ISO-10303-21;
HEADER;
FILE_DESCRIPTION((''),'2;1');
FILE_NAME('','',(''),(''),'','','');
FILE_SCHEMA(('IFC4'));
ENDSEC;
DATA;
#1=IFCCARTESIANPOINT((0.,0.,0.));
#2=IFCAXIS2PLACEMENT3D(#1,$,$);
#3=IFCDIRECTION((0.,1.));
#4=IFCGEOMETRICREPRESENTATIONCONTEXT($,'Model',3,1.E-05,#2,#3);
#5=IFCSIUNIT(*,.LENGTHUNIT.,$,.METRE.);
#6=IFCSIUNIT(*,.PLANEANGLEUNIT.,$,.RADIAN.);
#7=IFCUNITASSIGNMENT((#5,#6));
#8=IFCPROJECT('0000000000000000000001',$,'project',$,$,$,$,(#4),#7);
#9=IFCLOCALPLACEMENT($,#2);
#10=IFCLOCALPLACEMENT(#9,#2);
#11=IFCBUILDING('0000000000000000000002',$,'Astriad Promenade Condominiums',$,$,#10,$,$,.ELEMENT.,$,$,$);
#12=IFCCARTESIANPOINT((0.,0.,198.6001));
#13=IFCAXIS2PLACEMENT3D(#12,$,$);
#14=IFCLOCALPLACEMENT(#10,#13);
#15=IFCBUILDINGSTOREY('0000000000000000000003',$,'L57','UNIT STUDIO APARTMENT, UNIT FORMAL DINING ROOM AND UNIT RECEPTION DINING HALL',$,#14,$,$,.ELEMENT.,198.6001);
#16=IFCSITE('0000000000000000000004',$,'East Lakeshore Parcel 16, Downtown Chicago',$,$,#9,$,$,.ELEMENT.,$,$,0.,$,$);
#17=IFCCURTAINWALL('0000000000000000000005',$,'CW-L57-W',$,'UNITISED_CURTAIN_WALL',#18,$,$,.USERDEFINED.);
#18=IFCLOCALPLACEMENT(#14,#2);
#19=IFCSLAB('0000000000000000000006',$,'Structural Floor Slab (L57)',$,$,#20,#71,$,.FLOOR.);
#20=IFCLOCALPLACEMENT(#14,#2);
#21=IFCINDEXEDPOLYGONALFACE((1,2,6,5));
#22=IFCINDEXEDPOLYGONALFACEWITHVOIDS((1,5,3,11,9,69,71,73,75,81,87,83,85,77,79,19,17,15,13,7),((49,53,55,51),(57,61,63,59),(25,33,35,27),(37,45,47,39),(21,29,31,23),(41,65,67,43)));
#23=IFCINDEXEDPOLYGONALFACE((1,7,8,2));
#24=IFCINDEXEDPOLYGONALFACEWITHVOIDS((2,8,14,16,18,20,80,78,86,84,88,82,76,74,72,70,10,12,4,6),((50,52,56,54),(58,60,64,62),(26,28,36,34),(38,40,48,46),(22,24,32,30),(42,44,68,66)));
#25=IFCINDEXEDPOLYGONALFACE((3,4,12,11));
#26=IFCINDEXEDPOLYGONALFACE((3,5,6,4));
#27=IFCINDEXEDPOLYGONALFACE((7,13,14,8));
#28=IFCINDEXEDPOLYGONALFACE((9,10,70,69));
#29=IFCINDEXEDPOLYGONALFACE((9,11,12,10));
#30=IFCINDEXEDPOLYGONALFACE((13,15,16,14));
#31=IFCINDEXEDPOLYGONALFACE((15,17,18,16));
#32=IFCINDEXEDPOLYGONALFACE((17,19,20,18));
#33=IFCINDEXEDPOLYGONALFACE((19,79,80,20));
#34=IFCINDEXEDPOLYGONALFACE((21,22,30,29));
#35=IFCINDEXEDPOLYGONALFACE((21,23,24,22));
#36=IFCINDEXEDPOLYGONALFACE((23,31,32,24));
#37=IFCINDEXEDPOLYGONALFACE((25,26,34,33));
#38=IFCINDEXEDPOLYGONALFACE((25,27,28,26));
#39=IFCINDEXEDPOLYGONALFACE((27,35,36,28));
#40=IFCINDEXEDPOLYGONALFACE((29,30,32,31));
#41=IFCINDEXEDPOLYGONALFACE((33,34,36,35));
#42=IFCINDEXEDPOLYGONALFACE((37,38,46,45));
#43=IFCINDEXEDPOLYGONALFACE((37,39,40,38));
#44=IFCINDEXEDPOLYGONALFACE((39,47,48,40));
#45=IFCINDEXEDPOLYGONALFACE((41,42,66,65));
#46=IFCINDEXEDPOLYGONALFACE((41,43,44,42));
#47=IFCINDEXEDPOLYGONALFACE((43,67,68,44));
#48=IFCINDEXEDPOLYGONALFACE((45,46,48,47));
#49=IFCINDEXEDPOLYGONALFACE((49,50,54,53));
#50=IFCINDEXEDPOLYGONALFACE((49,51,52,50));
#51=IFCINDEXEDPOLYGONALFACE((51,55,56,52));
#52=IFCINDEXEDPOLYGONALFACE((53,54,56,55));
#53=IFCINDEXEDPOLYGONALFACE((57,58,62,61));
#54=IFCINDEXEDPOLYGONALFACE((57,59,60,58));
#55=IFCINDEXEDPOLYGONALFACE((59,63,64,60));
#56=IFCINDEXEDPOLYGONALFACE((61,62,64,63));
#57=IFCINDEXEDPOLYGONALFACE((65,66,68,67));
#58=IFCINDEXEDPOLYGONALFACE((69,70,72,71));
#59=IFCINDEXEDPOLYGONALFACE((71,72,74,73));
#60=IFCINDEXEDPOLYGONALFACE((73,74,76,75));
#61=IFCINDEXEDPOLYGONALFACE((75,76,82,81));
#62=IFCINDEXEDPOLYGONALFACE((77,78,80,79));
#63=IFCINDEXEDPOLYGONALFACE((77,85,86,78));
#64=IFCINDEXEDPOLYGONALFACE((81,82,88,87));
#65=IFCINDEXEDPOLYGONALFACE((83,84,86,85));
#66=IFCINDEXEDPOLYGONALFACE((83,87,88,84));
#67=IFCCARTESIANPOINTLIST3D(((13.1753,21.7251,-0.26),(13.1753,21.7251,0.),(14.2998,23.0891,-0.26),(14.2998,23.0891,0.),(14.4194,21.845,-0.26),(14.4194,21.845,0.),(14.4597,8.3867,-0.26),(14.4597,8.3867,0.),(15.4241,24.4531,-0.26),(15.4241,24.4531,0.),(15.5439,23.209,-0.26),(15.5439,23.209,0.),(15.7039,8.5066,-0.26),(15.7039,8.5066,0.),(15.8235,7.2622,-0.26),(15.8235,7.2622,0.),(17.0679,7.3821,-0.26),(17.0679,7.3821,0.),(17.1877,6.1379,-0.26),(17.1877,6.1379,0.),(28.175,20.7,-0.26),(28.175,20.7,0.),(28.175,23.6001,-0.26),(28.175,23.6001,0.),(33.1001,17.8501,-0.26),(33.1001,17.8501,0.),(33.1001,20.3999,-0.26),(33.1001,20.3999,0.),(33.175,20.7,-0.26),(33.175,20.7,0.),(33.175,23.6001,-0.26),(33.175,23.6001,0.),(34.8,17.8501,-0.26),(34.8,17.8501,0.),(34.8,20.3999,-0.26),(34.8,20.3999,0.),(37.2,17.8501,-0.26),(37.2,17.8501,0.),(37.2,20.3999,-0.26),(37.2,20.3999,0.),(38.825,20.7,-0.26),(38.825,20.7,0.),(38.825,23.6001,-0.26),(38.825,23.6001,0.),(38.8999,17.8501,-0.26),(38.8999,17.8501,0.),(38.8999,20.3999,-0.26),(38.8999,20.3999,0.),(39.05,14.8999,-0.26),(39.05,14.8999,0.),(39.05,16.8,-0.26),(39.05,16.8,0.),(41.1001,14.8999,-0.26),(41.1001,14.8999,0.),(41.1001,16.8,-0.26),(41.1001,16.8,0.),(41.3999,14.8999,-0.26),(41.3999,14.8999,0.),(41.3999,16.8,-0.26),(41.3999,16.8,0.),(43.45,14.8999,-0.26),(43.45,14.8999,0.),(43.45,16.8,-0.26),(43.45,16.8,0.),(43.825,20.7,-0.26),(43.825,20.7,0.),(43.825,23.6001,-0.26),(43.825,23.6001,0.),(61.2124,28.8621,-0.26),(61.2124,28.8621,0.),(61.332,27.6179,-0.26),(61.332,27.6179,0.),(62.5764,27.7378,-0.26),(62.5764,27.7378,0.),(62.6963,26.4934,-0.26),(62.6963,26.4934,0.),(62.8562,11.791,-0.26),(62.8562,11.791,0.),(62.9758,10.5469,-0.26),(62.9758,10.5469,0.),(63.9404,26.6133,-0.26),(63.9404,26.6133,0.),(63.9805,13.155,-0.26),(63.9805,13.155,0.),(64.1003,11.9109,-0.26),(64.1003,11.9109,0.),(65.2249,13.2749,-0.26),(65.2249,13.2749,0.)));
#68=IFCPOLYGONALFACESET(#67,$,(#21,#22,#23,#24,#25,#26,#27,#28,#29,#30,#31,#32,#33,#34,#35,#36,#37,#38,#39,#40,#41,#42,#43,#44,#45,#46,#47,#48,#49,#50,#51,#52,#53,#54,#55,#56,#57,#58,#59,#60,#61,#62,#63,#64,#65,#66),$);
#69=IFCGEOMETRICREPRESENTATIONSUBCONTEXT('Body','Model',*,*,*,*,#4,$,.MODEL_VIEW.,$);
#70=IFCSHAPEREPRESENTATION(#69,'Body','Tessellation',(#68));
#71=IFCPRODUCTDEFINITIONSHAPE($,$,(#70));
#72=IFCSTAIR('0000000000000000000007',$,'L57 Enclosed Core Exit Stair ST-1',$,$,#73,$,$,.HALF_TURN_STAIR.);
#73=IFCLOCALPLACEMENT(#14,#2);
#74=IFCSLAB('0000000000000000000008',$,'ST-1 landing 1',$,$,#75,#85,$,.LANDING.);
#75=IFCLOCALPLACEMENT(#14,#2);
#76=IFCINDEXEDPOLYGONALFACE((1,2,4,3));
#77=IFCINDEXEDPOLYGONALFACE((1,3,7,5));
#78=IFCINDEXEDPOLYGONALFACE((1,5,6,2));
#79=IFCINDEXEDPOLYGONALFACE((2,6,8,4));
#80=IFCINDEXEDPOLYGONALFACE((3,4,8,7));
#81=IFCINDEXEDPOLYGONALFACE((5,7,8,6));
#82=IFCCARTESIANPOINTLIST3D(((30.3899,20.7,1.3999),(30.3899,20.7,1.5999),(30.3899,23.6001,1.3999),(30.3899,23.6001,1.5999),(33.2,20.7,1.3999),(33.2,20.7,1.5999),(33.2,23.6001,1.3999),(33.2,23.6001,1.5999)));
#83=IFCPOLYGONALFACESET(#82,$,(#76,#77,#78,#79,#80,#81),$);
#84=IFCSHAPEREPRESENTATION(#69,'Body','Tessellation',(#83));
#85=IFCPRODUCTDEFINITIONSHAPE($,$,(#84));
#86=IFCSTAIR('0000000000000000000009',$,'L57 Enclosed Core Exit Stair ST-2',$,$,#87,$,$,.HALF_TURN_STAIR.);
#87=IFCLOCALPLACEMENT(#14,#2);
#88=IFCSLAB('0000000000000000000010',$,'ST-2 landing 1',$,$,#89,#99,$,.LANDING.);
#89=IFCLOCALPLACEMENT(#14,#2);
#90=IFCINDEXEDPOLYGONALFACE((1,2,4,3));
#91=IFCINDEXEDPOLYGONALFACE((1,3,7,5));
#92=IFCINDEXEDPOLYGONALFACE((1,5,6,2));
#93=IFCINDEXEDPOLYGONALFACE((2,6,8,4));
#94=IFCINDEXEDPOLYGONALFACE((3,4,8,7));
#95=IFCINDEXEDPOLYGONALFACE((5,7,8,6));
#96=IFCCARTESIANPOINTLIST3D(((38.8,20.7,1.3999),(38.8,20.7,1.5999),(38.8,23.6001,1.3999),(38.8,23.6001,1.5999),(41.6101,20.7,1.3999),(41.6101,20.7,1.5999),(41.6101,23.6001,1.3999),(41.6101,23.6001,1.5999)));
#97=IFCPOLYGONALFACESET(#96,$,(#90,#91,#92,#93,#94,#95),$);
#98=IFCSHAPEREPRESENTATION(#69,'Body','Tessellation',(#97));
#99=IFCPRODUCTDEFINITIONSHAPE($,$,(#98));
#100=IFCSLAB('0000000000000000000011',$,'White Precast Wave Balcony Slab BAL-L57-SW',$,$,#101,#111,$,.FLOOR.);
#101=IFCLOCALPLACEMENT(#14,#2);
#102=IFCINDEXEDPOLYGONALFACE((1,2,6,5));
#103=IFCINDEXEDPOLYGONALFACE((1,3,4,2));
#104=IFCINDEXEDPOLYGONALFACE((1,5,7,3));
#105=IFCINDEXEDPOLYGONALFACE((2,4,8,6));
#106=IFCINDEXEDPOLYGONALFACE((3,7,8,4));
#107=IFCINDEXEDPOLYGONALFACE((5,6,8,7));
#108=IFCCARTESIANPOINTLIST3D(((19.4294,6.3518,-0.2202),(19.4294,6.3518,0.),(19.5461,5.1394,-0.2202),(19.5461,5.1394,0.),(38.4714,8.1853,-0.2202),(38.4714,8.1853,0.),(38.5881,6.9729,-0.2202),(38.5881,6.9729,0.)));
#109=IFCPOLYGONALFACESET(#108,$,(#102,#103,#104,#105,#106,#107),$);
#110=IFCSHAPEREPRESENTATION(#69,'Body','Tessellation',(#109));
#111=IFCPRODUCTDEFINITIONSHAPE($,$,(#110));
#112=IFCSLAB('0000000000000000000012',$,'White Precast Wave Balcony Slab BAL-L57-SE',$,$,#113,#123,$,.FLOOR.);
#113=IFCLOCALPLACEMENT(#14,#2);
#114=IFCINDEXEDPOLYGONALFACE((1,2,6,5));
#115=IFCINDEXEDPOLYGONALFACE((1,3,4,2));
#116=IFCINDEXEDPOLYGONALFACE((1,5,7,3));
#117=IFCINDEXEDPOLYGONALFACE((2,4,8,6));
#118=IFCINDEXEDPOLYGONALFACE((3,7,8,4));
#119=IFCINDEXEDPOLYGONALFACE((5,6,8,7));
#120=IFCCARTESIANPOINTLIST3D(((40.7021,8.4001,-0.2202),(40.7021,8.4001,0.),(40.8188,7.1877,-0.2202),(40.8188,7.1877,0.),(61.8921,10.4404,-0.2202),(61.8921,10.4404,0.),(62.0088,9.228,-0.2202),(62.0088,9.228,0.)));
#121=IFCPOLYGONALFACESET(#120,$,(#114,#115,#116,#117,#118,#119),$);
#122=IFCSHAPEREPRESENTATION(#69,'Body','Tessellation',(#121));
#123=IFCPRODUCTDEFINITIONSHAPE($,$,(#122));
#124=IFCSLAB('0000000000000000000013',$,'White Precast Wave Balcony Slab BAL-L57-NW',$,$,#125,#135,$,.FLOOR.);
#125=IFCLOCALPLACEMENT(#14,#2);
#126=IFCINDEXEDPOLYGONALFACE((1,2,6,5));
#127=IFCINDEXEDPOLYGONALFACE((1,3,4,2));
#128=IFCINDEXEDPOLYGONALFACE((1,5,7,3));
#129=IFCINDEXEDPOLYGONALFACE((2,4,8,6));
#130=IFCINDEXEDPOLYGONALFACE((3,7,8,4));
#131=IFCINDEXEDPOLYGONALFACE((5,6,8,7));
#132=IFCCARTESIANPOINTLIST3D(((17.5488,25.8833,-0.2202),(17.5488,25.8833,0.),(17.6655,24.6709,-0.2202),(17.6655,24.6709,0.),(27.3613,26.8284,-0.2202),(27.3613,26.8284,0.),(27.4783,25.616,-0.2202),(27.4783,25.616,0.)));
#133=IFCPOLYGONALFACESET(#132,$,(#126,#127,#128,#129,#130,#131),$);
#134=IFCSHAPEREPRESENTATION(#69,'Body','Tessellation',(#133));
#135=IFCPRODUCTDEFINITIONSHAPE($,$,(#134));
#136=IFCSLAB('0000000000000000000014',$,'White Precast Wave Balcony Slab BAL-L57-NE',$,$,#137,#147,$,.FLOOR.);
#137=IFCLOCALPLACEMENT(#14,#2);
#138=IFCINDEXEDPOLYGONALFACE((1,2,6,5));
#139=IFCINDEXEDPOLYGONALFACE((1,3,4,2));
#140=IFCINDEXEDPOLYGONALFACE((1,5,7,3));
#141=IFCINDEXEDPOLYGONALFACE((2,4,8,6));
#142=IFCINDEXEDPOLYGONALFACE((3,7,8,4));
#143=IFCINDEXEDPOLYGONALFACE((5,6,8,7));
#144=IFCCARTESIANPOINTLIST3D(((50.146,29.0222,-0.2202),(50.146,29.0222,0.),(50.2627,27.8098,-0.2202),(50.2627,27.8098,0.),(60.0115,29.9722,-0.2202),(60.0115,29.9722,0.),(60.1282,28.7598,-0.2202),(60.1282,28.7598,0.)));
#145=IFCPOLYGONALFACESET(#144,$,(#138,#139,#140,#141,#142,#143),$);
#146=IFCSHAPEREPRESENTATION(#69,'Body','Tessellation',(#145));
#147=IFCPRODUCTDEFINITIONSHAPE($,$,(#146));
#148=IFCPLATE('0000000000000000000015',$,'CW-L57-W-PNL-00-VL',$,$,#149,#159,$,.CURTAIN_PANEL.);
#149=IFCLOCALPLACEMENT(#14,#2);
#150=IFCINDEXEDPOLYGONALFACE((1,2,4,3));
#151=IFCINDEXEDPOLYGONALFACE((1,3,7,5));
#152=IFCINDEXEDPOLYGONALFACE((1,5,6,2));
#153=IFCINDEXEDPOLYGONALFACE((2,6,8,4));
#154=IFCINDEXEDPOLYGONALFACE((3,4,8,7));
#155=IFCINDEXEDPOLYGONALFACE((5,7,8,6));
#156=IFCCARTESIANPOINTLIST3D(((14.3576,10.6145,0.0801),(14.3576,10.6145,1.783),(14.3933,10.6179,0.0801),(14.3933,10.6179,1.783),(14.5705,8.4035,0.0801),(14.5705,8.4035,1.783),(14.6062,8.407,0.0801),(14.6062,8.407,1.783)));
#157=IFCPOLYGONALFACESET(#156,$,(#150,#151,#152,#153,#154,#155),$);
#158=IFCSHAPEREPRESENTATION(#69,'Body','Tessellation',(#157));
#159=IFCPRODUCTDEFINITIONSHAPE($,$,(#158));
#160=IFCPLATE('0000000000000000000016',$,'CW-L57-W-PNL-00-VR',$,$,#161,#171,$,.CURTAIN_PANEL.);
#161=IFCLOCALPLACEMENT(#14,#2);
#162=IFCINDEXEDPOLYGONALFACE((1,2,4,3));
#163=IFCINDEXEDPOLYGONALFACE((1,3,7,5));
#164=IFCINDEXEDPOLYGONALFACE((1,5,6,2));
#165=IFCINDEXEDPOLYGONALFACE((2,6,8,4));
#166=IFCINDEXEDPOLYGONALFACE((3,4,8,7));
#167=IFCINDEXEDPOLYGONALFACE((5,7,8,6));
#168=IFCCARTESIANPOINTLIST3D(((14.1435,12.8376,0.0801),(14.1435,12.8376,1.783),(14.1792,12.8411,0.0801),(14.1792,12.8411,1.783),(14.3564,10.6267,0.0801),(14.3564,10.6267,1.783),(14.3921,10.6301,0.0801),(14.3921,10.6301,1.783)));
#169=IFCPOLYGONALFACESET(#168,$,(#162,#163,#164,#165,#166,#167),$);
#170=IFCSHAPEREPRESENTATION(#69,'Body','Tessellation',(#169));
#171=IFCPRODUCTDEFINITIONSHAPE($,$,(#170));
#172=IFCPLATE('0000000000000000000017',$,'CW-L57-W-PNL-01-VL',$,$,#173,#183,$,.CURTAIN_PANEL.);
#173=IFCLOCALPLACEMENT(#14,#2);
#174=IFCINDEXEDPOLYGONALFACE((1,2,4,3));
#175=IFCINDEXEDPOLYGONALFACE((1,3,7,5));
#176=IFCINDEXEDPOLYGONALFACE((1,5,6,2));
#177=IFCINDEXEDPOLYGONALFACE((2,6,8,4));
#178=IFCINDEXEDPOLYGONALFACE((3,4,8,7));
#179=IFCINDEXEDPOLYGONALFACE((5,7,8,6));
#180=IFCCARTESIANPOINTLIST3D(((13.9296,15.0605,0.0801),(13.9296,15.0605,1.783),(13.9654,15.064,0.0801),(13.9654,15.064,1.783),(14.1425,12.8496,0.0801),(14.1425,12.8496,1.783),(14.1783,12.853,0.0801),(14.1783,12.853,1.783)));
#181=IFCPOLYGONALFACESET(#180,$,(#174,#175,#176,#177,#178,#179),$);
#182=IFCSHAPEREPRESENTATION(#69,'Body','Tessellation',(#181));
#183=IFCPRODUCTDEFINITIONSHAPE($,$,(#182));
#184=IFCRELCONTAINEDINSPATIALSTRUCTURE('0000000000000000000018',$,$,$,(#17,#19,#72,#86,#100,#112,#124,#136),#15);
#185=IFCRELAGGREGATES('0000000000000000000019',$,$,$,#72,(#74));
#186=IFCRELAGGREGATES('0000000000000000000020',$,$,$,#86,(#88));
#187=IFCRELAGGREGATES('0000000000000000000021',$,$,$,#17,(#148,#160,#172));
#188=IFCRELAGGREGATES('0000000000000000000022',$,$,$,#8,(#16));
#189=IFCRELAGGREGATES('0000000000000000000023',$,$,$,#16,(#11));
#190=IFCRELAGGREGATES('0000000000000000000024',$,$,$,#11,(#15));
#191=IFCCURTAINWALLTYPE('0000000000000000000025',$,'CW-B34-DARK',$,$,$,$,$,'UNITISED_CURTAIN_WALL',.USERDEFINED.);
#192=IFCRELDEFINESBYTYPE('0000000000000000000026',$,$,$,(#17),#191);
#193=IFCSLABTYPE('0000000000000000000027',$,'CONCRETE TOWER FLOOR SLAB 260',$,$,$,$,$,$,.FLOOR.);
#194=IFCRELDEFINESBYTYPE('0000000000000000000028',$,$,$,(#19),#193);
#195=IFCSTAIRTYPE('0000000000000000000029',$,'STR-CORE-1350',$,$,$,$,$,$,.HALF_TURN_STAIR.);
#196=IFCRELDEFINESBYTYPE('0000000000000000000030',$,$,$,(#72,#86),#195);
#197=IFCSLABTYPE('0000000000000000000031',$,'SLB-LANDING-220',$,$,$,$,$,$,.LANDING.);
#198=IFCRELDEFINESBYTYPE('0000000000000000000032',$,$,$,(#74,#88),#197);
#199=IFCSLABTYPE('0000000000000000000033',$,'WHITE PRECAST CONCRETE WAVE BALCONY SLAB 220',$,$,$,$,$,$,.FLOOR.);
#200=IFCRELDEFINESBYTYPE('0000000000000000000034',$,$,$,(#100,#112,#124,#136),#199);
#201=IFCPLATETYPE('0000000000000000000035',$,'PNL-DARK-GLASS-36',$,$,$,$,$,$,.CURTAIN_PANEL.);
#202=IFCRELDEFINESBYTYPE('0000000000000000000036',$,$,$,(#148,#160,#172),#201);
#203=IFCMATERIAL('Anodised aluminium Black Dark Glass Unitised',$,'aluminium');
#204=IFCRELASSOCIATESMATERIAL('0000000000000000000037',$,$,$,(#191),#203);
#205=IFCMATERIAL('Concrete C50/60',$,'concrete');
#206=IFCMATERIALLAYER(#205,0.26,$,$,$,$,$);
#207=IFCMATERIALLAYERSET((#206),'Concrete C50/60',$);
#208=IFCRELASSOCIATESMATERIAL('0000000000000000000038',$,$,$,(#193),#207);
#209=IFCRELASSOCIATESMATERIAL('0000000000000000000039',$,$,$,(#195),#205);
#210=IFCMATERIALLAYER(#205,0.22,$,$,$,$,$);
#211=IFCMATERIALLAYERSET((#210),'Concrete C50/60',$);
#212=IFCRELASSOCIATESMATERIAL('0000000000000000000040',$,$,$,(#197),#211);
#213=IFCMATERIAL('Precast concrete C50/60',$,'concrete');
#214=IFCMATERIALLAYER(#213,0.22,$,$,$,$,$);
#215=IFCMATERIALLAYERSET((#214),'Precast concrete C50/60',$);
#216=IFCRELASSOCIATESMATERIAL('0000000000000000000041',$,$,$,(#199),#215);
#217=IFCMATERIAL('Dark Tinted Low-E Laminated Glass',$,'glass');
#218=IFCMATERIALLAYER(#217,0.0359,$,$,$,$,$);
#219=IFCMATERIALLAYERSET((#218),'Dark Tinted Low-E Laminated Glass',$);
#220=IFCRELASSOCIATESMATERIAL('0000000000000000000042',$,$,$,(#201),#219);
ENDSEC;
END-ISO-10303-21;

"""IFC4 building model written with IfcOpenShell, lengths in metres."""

from ifc_helpers import new_model, si_unit, direction, frame, origin, origin_2d, place, context, subcontext, project, spatial, polyline, rectangle, outline, extrude, source, transform, mapped, material, layer, layer_set, type_object, element, aggregate, save


model = new_model("IFC4")

# Units and contexts
model_context = context("Model", 3, precision=1e-05, world=origin(), true_north=direction((0.0, 1.0)))
body_context = subcontext(model_context, "Body", "Model", "MODEL_VIEW")
ifc_project = project(units=[si_unit("LENGTHUNIT", "METRE"), si_unit("PLANEANGLEUNIT", "RADIAN")], contexts=[model_context])

# Site, building, storey
site_placement = place(None, origin())
site = spatial("IfcSite", under=ifc_project, at=site_placement, Name="East Lakeshore Parcel 16, Downtown Chicago", CompositionType="ELEMENT", RefElevation=0.0)
building_placement = place(site_placement, origin())
building = spatial("IfcBuilding", under=site, at=building_placement, Name="Astriad Promenade Condominiums", CompositionType="ELEMENT")
storey_placement = place(building_placement, frame((0.0, 0.0, 198.6001)))
storey = spatial("IfcBuildingStorey", under=building, at=storey_placement, Name="L57", Description="UNIT STUDIO APARTMENT, UNIT FORMAL DINING ROOM AND UNIT RECEPTION DINING HALL", CompositionType="ELEMENT", Elevation=198.6001)

# Shared definitions
ifc_material_1 = material(Name="Concrete C50/60", Category="concrete")

# Curtain wall
ifc_material_2 = material(Name="Anodised aluminium Black Dark Glass Unitised", Category="aluminium")
curtain_wall_type = type_object("IfcCurtainWallType", Name="CW-B34-DARK", ElementType="UNITISED_CURTAIN_WALL", PredefinedType="USERDEFINED", material=ifc_material_2)
curtain_wall_placement = place(storey_placement, origin())
curtain_wall = element("IfcCurtainWall", 1, at=curtain_wall_placement, inside=storey, type_object=curtain_wall_type, Name="CW-L57-W", ObjectType="UNITISED_CURTAIN_WALL", PredefinedType="USERDEFINED")

# Slab
ifc_layer_1 = layer(ifc_material_1, 0.26)
ifc_layer_set_1 = layer_set([ifc_layer_1], Name="Concrete C50/60")
slab_type_1 = type_object("IfcSlabType", Name="CONCRETE TOWER FLOOR SLAB 260", PredefinedType="FLOOR", material=ifc_layer_set_1)
slab_1_placement = place(storey_placement, frame((0.0, 0.0, -0.26)))
element("IfcSlab", 2, at=slab_1_placement, inside=storey, type_object=slab_type_1, Name="Structural Floor Slab (L57)", PredefinedType="FLOOR", context=body_context, shape_type="SweptSolid", body=[
    extrude(outline(polyline([(17.1877, 6.1379), (62.9758, 10.5469), (62.8562, 11.791), (64.1003, 11.9109), (63.9805, 13.155), (65.2249, 13.2749), (63.9404, 26.6133), (62.6963, 26.4934), (62.5764, 27.7378), (61.332, 27.6179), (61.2124, 28.8621), (15.4241, 24.4531), (15.5439, 23.209), (14.2998, 23.0891), (14.4194, 21.845), (13.1753, 21.7251), (14.4597, 8.3867), (15.7039, 8.5066), (15.8235, 7.2622), (17.0679, 7.3821), (17.1877, 6.1379)]), holes=[polyline([(28.175, 20.7), (33.175, 20.7), (33.175, 23.6001), (28.175, 23.6001), (28.175, 20.7)]), polyline([(38.825, 20.7), (43.825, 20.7), (43.825, 23.6001), (38.825, 23.6001), (38.825, 20.7)]), polyline([(33.1001, 17.8501), (34.8, 17.8501), (34.8, 20.3999), (33.1001, 20.3999), (33.1001, 17.8501)]), polyline([(37.2, 17.8501), (38.8999, 17.8501), (38.8999, 20.3999), (37.2, 20.3999), (37.2, 17.8501)]), polyline([(39.05, 14.8999), (41.1001, 14.8999), (41.1001, 16.8), (39.05, 16.8), (39.05, 14.8999)]), polyline([(41.3999, 14.8999), (43.45, 14.8999), (43.45, 16.8), (41.3999, 16.8), (41.3999, 14.8999)])]), origin(), (0.0, 0.0, 1.0), 0.26),
])

# Stairs, slabs
stair_type = type_object("IfcStairType", Name="STR-CORE-1350", PredefinedType="HALF_TURN_STAIR", material=ifc_material_1)
stair_1_placement = place(storey_placement, origin())
stair_1 = element("IfcStair", 3, at=stair_1_placement, inside=storey, type_object=stair_type, Name="L57 Enclosed Core Exit Stair ST-1", PredefinedType="HALF_TURN_STAIR")
ifc_layer_2 = layer(ifc_material_1, 0.22)
ifc_layer_set_2 = layer_set([ifc_layer_2], Name="Concrete C50/60")
slab_type_2 = type_object("IfcSlabType", Name="SLB-LANDING-220", PredefinedType="LANDING", material=ifc_layer_set_2)
slab_2_placement = place(storey_placement, frame((0.0, 0.0, 1.3999)))
slab_2 = element("IfcSlab", 4, at=slab_2_placement, type_object=slab_type_2, Name="ST-1 landing 1", PredefinedType="LANDING", context=body_context, shape_type="SweptSolid", body=[
    extrude(outline(polyline([(30.3899, 20.7), (33.2, 20.7), (33.2, 23.6001), (30.3899, 23.6001), (30.3899, 20.7)])), origin(), (0.0, 0.0, 1.0), 0.2),
])
aggregate(stair_1, [slab_2])
stair_2_placement = place(storey_placement, origin())
stair_2 = element("IfcStair", 5, at=stair_2_placement, inside=storey, type_object=stair_type, Name="L57 Enclosed Core Exit Stair ST-2", PredefinedType="HALF_TURN_STAIR")
slab_3_placement = place(storey_placement, frame((0.0, 0.0, 1.3999)))
slab_3 = element("IfcSlab", 6, at=slab_3_placement, type_object=slab_type_2, Name="ST-2 landing 1", PredefinedType="LANDING", context=body_context, shape_type="SweptSolid", body=[
    extrude(outline(polyline([(41.6101, 23.6001), (38.8, 23.6001), (38.8, 20.7), (41.6101, 20.7), (41.6101, 23.6001)])), origin(), (0.0, 0.0, 1.0), 0.2),
])
aggregate(stair_2, [slab_3])

# Slabs
ifc_material_3 = material(Name="Precast concrete C50/60", Category="concrete")
ifc_layer_3 = layer(ifc_material_3, 0.22)
ifc_layer_set_3 = layer_set([ifc_layer_3], Name="Precast concrete C50/60")
slab_type_3 = type_object("IfcSlabType", Name="WHITE PRECAST CONCRETE WAVE BALCONY SLAB 220", PredefinedType="FLOOR", material=ifc_layer_set_3)
slab_4_placement = place(storey_placement, frame((0.0, 0.0, -0.2202)))
element("IfcSlab", 7, at=slab_4_placement, inside=storey, type_object=slab_type_3, Name="White Precast Wave Balcony Slab BAL-L57-SW", PredefinedType="FLOOR", context=body_context, shape_type="SweptSolid", body=[
    extrude(outline(polyline([(38.5881, 6.9729), (19.5461, 5.1394), (19.4294, 6.3518), (38.4714, 8.1853), (38.5881, 6.9729)])), origin(), (0.0, 0.0, 1.0), 0.2202),
])
slab_5_placement = place(storey_placement, frame((0.0, 0.0, -0.2202)))
element("IfcSlab", 8, at=slab_5_placement, inside=storey, type_object=slab_type_3, Name="White Precast Wave Balcony Slab BAL-L57-SE", PredefinedType="FLOOR", context=body_context, shape_type="SweptSolid", body=[
    extrude(outline(polyline([(62.0088, 9.228), (40.8188, 7.1877), (40.7021, 8.4001), (61.8921, 10.4404), (62.0088, 9.228)])), origin(), (0.0, 0.0, 1.0), 0.2202),
])
slab_6_placement = place(storey_placement, frame((0.0, 0.0, -0.2202)))
element("IfcSlab", 9, at=slab_6_placement, inside=storey, type_object=slab_type_3, Name="White Precast Wave Balcony Slab BAL-L57-NW", PredefinedType="FLOOR", context=body_context, shape_type="SweptSolid", body=[
    extrude(outline(polyline([(17.5488, 25.8833), (27.3613, 26.8284), (27.4783, 25.616), (17.6655, 24.6709), (17.5488, 25.8833)])), origin(), (0.0, 0.0, 1.0), 0.2202),
])
slab_7_placement = place(storey_placement, frame((0.0, 0.0, -0.2202)))
element("IfcSlab", 10, at=slab_7_placement, inside=storey, type_object=slab_type_3, Name="White Precast Wave Balcony Slab BAL-L57-NE", PredefinedType="FLOOR", context=body_context, shape_type="SweptSolid", body=[
    extrude(outline(polyline([(50.146, 29.0222), (60.0115, 29.9722), (60.1282, 28.7598), (50.2627, 27.8098), (50.146, 29.0222)])), origin(), (0.0, 0.0, 1.0), 0.2202),
])

# Plates
ifc_material_4 = material(Name="Dark Tinted Low-E Laminated Glass", Category="glass")
ifc_layer_4 = layer(ifc_material_4, 0.0359)
ifc_layer_set_4 = layer_set([ifc_layer_4], Name="Dark Tinted Low-E Laminated Glass")
plate_type = type_object("IfcPlateType", Name="PNL-DARK-GLASS-36", PredefinedType="CURTAIN_PANEL", material=ifc_layer_set_4)
shared_shape_1 = source(origin(), body_context, "Body", "SweptSolid", [
    extrude(rectangle(XDim=2.2212, YDim=0.0359, at=origin_2d()), origin(), (0.0, 0.0, 1.0), 1.7029),
])
plate_1_placement = place(storey_placement, frame((14.4819, 9.5107, 0.0801), z_axis=(0.0, 0.0, 1.0), x_axis=(-0.095846, 0.995396, 0.0)))
plate_1 = element("IfcPlate", 11, at=plate_1_placement, type_object=plate_type, Name="CW-L57-W-PNL-00-VL", PredefinedType="CURTAIN_PANEL", context=body_context, shape_type="MappedRepresentation", body=[
    mapped(shared_shape_1, transform((0.0, 0.0, 0.0), scale=1.0)),
])
plate_2_placement = place(storey_placement, frame((14.2678, 11.7339, 0.0801), z_axis=(0.0, 0.0, 1.0), x_axis=(-0.095846, 0.995396, 0.0)))
plate_2 = element("IfcPlate", 12, at=plate_2_placement, type_object=plate_type, Name="CW-L57-W-PNL-00-VR", PredefinedType="CURTAIN_PANEL", context=body_context, shape_type="MappedRepresentation", body=[
    mapped(shared_shape_1, transform((0.0, 0.0, 0.0), scale=1.0)),
])
plate_3_placement = place(storey_placement, frame((14.054, 13.9568, 0.0801), z_axis=(0.0, 0.0, 1.0), x_axis=(-0.095846, 0.995396, 0.0)))
plate_3 = element("IfcPlate", 13, at=plate_3_placement, type_object=plate_type, Name="CW-L57-W-PNL-01-VL", PredefinedType="CURTAIN_PANEL", context=body_context, shape_type="MappedRepresentation", body=[
    mapped(shared_shape_1, transform((0.0, 0.0, 0.0), scale=1.0)),
])
aggregate(curtain_wall, [plate_1, plate_2, plate_3])

save(model, "model.ifc")
